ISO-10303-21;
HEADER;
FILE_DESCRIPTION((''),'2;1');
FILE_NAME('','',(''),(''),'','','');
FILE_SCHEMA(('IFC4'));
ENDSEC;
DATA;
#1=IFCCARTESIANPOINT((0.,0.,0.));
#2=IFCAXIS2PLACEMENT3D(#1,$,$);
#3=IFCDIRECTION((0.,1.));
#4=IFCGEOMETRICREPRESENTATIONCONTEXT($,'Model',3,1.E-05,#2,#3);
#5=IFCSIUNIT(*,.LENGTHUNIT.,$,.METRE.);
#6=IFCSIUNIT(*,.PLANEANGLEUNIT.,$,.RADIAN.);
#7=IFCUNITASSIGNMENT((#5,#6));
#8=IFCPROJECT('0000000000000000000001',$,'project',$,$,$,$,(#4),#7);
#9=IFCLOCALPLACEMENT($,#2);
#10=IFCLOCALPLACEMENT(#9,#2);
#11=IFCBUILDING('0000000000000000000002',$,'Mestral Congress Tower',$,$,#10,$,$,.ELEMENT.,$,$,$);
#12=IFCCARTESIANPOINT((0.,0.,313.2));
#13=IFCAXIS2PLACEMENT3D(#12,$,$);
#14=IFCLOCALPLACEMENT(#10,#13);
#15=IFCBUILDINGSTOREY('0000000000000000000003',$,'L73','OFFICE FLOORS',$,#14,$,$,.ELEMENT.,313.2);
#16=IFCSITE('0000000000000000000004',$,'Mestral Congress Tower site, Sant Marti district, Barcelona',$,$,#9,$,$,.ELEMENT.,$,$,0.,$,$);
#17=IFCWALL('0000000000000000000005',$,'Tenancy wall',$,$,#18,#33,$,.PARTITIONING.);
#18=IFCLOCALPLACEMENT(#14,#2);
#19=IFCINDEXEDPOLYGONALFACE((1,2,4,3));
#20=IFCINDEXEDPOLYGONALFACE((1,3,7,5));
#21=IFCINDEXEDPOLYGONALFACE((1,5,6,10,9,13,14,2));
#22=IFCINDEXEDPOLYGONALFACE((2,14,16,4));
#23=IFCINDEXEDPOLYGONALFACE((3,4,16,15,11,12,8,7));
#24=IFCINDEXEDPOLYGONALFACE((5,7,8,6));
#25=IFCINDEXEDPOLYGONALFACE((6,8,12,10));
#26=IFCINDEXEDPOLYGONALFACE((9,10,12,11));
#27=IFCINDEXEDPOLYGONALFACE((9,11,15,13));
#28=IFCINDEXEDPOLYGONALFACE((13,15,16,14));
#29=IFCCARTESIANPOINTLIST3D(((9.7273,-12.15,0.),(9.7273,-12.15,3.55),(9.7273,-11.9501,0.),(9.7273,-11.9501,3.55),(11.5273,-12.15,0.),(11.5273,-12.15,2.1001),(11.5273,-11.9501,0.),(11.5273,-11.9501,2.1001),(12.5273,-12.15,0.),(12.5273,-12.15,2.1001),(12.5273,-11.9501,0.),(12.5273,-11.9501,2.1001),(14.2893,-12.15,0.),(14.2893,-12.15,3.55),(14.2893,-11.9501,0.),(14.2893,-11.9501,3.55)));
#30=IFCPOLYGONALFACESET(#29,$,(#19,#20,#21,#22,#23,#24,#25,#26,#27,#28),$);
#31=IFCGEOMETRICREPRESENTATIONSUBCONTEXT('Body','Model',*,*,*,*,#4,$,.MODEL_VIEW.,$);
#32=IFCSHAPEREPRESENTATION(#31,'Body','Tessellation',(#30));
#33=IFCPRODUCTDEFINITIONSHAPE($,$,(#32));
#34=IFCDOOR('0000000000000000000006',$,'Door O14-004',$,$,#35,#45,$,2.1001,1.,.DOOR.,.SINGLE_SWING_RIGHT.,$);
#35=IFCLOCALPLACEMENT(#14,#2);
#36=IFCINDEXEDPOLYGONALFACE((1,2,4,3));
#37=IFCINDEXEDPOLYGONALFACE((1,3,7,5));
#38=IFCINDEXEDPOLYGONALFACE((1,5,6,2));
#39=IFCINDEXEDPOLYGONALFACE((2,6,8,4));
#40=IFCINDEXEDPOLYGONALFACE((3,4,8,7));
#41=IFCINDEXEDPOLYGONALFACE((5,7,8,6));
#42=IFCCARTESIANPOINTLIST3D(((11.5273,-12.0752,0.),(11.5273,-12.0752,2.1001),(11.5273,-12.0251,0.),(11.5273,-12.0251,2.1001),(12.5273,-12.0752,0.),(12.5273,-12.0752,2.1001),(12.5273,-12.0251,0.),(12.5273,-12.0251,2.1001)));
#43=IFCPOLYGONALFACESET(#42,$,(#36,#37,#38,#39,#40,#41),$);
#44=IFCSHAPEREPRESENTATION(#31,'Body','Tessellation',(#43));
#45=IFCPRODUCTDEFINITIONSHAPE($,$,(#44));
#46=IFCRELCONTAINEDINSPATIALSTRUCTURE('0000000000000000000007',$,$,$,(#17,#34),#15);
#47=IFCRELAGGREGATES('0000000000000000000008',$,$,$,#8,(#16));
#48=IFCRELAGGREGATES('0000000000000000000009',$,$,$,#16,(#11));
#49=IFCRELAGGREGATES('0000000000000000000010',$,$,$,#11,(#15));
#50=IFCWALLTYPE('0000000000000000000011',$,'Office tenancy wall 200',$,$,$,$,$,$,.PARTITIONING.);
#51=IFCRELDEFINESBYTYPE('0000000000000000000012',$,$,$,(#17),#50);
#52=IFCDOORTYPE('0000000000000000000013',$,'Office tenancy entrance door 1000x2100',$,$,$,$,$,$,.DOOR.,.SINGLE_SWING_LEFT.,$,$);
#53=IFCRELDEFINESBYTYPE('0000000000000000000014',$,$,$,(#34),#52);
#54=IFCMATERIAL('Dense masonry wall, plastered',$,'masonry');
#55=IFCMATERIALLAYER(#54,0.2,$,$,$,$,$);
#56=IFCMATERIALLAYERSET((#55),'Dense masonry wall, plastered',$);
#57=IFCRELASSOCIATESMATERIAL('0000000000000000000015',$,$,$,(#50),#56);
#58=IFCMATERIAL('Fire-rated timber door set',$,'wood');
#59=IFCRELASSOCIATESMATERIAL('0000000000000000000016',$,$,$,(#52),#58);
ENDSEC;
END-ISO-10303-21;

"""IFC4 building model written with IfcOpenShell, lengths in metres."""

from ifc_helpers import new_model, si_unit, direction, frame, frame_2d, origin, place, context, subcontext, project, spatial, rectangle, extrude, material, layer, layer_set, type_object, element, fill, save


model = new_model("IFC4")

# Units and contexts
model_context = context("Model", 3, precision=1e-05, world=origin(), true_north=direction((0.0, 1.0)))
body_context = subcontext(model_context, "Body", "Model", "MODEL_VIEW")
ifc_project = project(units=[si_unit("LENGTHUNIT", "METRE"), si_unit("PLANEANGLEUNIT", "RADIAN")], contexts=[model_context])

# Site, building, storey
site_placement = place(None, origin())
site = spatial("IfcSite", under=ifc_project, at=site_placement, Name="Mestral Congress Tower site, Sant Marti district, Barcelona", CompositionType="ELEMENT", RefElevation=0.0)
building_placement = place(site_placement, origin())
building = spatial("IfcBuilding", under=site, at=building_placement, Name="Mestral Congress Tower", CompositionType="ELEMENT")
storey_placement = place(building_placement, frame((0.0, 0.0, 313.2)))
storey = spatial("IfcBuildingStorey", under=building, at=storey_placement, Name="L73", Description="OFFICE FLOORS", CompositionType="ELEMENT", Elevation=313.2)

# Shared definitions
ifc_material_1 = material(Name="Dense masonry wall, plastered", Category="masonry")
ifc_layer_1 = layer(ifc_material_1, 0.2)
ifc_layer_set_1 = layer_set([ifc_layer_1], Name="Dense masonry wall, plastered")
wall_type_1 = type_object("IfcWallType", Name="Office tenancy wall 200", PredefinedType="PARTITIONING", material=ifc_layer_set_1)

# Wall, opening, door
wall_1_placement = place(storey_placement, frame((9.7273, -12.05, 0.0), z_axis=(0.0, 0.0, 1.0), x_axis=(1.0, 0.0, 0.0)))
wall_1 = element("IfcWall", 1, at=wall_1_placement, inside=storey, type_object=wall_type_1, Name="Tenancy wall", PredefinedType="PARTITIONING", context=body_context, shape_type="SweptSolid", body=[
    extrude(rectangle(XDim=4.562, YDim=0.2, at=frame_2d((2.281, 0.0))), origin(), (0.0, 0.0, 1.0), 3.55),
])
opening_1_placement = place(wall_1_placement, frame((1.8, 0.0, 0.0)))
opening_1 = element("IfcOpeningElement", 2, at=opening_1_placement, cuts=wall_1, PredefinedType="OPENING", context=body_context, shape_type="SweptSolid", body=[
    extrude(rectangle(XDim=1.0, YDim=2.1001, at=frame_2d((0.5, 1.05))), frame((0.0, 0.1099, 0.0), z_axis=(0.0, -1.0, 0.0), x_axis=(1.0, 0.0, 0.0)), (0.0, 0.0, 1.0), 0.22),
])
ifc_material_2 = material(Name="Fire-rated timber door set", Category="wood")
door_type_1 = type_object("IfcDoorType", Name="Office tenancy entrance door 1000x2100", OperationType="SINGLE_SWING_LEFT", PredefinedType="DOOR", material=ifc_material_2)
door_1_placement = place(opening_1_placement, origin())
door_1 = element("IfcDoor", 3, at=door_1_placement, inside=storey, type_object=door_type_1, Name="Door O14-004", OperationType="SINGLE_SWING_RIGHT", OverallHeight=2.1001, OverallWidth=1.0, PredefinedType="DOOR", context=body_context, shape_type="SweptSolid", body=[
    extrude(rectangle(XDim=1.0, YDim=2.1001, at=frame_2d((0.5, 1.05))), frame((0.0, 0.0249, 0.0), z_axis=(0.0, -1.0, 0.0), x_axis=(1.0, 0.0, 0.0)), (0.0, 0.0, 1.0), 0.05),
])
fill(opening_1, door_1)

save(model, "model.ifc")
